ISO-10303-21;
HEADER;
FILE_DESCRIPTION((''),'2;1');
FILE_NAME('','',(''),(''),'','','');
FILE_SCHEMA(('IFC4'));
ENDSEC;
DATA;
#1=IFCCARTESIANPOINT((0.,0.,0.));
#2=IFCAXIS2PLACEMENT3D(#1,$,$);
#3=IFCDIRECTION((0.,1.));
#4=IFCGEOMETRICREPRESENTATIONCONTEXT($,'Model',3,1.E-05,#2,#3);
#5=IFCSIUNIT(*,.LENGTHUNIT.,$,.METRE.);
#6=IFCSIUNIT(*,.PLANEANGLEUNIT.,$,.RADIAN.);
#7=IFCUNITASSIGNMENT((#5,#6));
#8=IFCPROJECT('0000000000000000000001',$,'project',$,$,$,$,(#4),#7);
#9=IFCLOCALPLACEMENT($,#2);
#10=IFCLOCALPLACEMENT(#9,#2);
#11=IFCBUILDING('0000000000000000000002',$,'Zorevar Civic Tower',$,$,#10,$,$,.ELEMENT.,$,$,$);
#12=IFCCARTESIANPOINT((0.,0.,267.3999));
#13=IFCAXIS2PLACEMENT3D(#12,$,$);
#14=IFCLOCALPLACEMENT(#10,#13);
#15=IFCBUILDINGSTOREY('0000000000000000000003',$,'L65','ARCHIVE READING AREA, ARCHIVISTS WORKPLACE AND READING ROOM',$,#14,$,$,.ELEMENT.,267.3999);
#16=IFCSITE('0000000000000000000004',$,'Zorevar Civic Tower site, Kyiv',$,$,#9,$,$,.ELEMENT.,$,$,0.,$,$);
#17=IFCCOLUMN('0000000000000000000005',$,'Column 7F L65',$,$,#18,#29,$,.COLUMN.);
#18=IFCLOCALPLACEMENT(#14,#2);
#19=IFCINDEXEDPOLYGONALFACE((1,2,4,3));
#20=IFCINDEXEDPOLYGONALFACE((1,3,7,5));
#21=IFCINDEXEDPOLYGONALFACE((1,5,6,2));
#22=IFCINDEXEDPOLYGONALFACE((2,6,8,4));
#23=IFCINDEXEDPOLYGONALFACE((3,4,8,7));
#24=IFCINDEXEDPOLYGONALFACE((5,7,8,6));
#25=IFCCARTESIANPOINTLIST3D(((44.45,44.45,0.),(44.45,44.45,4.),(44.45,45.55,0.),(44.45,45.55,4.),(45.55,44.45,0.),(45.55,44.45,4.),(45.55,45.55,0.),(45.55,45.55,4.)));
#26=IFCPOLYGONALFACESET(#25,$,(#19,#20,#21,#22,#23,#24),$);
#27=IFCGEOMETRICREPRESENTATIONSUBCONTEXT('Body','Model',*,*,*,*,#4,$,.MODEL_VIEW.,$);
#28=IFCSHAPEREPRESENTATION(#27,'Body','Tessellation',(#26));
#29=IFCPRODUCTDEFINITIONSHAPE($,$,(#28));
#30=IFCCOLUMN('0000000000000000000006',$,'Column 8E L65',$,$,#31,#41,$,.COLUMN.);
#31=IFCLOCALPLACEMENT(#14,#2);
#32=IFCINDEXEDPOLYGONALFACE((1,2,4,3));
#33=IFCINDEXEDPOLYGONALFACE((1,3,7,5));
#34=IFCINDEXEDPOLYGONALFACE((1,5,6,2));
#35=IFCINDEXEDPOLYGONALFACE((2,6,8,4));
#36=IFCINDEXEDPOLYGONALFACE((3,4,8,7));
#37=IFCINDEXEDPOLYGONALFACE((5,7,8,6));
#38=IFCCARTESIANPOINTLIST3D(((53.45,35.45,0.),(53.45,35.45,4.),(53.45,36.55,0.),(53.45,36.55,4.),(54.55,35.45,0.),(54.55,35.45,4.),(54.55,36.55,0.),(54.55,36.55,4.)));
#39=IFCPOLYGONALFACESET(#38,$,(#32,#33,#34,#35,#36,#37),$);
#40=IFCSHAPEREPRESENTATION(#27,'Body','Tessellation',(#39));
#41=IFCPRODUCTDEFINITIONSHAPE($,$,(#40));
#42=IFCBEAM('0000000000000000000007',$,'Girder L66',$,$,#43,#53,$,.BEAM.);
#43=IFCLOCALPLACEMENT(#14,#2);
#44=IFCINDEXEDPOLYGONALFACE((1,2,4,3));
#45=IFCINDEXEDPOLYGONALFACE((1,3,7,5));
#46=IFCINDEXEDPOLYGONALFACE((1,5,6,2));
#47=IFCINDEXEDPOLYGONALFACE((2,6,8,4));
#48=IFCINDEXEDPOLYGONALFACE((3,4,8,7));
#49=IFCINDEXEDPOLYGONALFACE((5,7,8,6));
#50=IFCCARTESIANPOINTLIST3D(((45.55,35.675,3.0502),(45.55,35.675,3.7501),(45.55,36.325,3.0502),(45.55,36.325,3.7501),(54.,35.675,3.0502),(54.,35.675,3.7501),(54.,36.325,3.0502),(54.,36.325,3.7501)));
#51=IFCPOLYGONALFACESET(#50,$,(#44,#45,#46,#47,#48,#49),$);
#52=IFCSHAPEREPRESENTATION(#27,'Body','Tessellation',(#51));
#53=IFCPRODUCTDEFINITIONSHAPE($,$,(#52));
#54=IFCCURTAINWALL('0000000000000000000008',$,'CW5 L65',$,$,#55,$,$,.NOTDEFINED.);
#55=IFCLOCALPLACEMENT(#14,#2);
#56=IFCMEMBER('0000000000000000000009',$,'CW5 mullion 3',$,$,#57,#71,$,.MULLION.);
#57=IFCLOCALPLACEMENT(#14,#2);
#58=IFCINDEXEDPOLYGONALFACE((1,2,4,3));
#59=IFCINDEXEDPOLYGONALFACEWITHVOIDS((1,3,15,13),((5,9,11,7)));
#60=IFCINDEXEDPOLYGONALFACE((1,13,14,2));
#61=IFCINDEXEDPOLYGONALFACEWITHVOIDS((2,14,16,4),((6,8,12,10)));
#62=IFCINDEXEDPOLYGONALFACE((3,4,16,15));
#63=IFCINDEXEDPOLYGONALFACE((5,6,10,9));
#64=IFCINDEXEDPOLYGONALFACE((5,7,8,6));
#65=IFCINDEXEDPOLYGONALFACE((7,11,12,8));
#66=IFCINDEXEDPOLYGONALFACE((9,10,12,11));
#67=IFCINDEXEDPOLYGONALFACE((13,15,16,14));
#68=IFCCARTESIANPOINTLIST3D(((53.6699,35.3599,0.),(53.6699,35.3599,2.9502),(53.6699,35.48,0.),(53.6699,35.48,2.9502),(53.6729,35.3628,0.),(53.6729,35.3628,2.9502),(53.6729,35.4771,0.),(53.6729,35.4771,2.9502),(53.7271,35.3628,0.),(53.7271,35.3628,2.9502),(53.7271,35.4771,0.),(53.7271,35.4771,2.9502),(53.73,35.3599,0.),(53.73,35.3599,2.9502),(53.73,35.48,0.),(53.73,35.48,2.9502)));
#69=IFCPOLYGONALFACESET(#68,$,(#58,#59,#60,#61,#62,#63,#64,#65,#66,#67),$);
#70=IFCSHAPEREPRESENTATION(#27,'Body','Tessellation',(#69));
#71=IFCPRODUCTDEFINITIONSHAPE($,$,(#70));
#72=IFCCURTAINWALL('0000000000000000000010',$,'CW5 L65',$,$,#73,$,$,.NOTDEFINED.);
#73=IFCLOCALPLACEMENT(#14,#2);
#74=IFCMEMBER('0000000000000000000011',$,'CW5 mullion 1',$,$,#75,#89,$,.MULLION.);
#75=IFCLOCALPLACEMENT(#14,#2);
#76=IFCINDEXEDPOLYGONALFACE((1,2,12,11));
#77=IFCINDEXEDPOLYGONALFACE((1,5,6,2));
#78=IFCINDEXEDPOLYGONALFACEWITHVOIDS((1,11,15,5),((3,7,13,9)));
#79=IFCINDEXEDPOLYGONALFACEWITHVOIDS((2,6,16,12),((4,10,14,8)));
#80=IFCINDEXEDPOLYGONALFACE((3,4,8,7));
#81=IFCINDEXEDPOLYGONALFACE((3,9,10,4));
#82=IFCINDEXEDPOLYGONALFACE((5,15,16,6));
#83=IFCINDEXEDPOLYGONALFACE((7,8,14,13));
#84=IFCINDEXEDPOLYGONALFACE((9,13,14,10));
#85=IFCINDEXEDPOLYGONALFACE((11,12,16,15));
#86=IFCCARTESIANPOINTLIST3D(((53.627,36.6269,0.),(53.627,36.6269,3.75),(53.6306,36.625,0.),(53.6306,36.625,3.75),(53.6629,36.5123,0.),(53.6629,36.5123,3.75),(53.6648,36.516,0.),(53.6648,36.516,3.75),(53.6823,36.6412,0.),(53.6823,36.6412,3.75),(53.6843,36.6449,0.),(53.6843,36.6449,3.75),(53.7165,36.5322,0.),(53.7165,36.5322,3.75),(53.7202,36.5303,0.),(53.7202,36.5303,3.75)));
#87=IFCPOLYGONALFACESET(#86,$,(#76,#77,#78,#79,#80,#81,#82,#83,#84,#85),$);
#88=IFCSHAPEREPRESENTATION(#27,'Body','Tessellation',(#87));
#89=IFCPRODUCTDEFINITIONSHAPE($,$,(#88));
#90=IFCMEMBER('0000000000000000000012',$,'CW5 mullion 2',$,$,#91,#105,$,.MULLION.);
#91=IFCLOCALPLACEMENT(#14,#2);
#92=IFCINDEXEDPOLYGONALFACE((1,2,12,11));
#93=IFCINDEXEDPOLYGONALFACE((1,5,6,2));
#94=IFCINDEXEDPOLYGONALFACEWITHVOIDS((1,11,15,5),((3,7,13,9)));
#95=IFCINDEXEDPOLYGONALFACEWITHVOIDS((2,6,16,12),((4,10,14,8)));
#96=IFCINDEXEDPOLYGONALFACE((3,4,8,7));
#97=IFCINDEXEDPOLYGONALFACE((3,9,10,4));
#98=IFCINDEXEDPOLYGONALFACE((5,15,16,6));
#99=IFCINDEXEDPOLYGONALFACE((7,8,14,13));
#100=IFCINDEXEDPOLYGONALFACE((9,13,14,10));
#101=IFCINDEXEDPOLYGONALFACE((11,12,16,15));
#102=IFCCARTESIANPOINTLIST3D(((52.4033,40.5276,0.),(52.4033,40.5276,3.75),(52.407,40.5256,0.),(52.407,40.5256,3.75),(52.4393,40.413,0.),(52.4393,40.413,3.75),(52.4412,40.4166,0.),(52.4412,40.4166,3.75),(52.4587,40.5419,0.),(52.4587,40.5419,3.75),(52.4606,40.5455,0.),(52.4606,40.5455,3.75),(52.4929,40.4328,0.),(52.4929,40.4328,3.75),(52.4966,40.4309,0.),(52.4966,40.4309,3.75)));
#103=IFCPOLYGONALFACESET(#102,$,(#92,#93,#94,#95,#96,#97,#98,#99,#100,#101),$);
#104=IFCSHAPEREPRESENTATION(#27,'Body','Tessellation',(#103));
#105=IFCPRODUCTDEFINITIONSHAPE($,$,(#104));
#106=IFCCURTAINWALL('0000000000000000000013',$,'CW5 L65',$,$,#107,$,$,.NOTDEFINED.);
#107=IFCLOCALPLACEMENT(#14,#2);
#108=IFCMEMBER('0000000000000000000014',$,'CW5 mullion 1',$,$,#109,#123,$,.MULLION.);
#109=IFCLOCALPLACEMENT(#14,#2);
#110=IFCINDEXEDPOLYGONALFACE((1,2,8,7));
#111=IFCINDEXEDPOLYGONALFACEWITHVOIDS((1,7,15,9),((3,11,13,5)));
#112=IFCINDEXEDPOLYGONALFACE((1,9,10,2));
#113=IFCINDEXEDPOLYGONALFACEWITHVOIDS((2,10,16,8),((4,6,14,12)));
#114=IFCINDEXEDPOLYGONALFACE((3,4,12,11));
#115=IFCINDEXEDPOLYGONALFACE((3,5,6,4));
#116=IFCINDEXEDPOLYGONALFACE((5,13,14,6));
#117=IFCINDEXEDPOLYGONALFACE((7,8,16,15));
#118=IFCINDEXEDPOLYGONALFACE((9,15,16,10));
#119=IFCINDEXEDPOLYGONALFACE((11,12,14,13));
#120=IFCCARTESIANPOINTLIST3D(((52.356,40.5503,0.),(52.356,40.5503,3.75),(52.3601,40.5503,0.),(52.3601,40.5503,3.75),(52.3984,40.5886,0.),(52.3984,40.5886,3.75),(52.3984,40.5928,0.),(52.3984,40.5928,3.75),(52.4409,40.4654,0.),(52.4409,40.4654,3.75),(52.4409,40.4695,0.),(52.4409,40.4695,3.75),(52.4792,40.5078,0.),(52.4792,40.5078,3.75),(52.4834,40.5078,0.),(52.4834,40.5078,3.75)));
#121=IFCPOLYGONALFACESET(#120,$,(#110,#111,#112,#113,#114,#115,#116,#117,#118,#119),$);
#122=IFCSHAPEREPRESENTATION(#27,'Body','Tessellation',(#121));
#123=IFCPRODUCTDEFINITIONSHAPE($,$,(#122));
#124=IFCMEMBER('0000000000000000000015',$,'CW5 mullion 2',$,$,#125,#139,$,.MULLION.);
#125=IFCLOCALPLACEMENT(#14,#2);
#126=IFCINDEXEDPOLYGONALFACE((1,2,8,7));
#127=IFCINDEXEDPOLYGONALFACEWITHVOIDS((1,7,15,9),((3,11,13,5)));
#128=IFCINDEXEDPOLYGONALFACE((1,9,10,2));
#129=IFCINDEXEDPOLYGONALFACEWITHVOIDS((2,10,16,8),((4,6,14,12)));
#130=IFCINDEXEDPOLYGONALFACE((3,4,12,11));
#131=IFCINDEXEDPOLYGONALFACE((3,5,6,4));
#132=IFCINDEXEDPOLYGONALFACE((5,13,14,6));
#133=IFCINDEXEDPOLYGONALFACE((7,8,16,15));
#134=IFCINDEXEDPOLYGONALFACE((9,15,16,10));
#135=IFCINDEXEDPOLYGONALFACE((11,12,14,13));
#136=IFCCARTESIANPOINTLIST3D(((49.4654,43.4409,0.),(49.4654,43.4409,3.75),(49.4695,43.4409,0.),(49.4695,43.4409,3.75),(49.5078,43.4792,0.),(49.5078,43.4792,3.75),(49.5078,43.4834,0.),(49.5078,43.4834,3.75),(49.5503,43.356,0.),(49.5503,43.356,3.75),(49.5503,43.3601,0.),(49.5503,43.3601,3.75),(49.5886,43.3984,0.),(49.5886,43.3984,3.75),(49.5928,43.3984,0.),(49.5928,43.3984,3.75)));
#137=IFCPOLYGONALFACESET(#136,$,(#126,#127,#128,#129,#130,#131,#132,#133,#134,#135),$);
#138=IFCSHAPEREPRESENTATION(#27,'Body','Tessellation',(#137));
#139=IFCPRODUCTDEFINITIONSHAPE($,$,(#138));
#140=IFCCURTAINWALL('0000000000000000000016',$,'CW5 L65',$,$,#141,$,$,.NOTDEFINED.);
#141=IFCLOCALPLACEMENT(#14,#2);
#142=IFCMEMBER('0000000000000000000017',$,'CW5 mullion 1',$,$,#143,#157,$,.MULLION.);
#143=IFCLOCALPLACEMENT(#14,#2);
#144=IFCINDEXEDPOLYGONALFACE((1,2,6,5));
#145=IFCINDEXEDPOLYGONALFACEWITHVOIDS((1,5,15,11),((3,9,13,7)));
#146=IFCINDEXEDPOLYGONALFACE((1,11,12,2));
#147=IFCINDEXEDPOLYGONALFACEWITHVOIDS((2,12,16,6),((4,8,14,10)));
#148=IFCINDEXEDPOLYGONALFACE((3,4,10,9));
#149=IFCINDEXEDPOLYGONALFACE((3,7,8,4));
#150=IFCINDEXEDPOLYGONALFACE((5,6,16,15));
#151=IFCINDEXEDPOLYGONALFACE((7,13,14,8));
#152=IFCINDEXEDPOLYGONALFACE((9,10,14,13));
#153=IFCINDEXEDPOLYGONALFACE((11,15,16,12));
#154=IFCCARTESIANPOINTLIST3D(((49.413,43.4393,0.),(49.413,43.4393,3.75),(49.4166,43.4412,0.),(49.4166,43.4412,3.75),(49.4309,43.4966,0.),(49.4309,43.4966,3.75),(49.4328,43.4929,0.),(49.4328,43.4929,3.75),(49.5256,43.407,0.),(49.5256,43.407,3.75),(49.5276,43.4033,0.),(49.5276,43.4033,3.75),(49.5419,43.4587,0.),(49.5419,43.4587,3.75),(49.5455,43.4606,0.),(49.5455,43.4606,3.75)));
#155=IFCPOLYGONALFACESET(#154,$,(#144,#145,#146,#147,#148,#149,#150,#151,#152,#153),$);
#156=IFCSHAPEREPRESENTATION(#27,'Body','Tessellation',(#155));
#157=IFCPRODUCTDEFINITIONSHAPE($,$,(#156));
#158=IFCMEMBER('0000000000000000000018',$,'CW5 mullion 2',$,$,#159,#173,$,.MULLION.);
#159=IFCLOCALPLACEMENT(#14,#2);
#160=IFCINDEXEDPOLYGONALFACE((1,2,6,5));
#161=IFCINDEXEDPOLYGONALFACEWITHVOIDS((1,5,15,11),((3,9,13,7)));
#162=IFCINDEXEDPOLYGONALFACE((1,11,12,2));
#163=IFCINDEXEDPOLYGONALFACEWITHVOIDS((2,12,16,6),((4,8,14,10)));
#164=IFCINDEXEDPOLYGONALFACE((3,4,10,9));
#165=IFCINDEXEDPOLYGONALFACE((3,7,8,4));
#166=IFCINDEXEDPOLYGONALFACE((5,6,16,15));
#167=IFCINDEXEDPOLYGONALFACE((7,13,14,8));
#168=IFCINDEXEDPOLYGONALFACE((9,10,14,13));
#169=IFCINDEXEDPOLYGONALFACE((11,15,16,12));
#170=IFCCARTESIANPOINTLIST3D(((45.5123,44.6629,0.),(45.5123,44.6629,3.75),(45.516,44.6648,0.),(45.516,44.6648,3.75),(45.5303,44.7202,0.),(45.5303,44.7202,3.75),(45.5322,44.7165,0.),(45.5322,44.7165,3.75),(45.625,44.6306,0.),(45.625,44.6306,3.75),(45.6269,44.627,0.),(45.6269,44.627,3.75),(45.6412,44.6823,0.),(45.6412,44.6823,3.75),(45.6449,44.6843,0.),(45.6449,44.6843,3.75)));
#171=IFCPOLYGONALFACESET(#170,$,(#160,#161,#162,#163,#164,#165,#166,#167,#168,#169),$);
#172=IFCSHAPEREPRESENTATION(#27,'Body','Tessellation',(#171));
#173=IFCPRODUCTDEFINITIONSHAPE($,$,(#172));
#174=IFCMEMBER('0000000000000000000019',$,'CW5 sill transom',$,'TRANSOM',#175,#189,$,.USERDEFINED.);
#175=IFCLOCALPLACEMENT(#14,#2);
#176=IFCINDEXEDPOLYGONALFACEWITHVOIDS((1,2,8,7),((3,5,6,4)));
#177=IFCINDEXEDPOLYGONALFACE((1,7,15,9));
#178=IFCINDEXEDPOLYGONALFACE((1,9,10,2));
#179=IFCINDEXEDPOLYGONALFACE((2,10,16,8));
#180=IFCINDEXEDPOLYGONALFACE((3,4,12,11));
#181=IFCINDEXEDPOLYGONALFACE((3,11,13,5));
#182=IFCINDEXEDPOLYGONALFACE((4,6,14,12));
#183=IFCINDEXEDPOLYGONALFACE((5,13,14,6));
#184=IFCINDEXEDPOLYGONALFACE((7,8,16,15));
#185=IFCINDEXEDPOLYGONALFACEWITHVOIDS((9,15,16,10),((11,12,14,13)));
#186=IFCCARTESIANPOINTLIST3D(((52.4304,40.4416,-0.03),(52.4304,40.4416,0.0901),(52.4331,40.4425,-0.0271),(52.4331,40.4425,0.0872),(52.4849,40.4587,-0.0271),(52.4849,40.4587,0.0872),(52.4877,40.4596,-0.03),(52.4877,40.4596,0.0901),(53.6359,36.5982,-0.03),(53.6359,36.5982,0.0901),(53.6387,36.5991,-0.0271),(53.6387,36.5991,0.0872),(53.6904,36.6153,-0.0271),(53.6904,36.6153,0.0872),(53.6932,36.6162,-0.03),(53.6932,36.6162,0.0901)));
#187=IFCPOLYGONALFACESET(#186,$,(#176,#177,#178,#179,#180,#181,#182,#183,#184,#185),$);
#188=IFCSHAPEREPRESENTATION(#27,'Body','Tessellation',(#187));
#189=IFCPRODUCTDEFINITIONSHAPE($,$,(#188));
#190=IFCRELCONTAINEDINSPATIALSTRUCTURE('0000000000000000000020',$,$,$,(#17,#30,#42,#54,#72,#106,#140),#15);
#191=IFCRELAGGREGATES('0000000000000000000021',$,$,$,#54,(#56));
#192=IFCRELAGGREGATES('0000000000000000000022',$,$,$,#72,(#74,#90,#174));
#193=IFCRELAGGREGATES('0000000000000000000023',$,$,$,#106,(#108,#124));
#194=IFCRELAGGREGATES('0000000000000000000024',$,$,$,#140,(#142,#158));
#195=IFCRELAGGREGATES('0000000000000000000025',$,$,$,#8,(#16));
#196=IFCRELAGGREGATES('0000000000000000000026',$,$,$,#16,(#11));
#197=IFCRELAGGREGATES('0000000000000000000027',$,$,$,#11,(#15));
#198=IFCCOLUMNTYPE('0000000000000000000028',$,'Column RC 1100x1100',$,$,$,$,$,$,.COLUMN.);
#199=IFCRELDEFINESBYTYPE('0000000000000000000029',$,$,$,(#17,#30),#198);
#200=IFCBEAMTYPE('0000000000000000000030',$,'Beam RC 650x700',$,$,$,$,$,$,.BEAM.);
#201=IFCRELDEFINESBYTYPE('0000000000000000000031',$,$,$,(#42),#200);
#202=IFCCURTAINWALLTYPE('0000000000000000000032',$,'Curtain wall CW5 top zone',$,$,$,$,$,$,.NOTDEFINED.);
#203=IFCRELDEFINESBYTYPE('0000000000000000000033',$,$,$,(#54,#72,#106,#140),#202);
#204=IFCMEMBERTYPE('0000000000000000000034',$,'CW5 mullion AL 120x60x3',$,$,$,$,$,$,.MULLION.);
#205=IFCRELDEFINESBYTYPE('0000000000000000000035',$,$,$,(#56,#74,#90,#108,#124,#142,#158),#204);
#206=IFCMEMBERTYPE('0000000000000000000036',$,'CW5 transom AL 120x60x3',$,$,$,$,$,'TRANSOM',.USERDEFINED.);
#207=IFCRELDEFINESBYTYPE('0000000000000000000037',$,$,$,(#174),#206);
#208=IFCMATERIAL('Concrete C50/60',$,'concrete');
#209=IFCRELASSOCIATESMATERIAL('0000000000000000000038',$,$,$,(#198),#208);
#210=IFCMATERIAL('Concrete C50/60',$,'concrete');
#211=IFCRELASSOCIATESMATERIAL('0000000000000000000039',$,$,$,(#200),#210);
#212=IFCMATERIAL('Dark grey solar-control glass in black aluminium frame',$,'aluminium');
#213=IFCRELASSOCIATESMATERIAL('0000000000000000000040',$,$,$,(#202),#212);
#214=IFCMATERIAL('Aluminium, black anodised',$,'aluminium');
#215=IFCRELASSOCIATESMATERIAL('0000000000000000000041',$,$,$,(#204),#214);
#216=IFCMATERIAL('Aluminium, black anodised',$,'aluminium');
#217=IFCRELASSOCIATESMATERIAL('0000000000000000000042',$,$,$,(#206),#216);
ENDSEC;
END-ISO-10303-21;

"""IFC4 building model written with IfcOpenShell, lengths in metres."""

from ifc_helpers import new_model, si_unit, direction, frame, origin, origin_2d, place, context, subcontext, project, spatial, rectangle, hollow_rectangle, extrude, material, material_profile, profile_set, type_object, element, aggregate, save


model = new_model("IFC4")

# Units and contexts
model_context = context("Model", 3, precision=1e-05, world=origin(), true_north=direction((0.0, 1.0)))
body_context = subcontext(model_context, "Body", "Model", "MODEL_VIEW")
ifc_project = project(units=[si_unit("LENGTHUNIT", "METRE"), si_unit("PLANEANGLEUNIT", "RADIAN")], contexts=[model_context])

# Site, building, storey
site_placement = place(None, origin())
site = spatial("IfcSite", under=ifc_project, at=site_placement, Name="Zorevar Civic Tower site, Kyiv", CompositionType="ELEMENT", RefElevation=0.0)
building_placement = place(site_placement, origin())
building = spatial("IfcBuilding", under=site, at=building_placement, Name="Zorevar Civic Tower", CompositionType="ELEMENT")
storey_placement = place(building_placement, frame((0.0, 0.0, 267.3999)))
storey = spatial("IfcBuildingStorey", under=building, at=storey_placement, Name="L65", Description="ARCHIVE READING AREA, ARCHIVISTS WORKPLACE AND READING ROOM", CompositionType="ELEMENT", Elevation=267.3999)

# Columns
ifc_material_1 = material(Name="Concrete C50/60", Category="concrete")
ifc_material_profile_1 = material_profile(ifc_material_1, rectangle(XDim=1.1001, YDim=1.1001, at=origin_2d()), Name="RC 1100x1100")
ifc_profile_set_1 = profile_set([ifc_material_profile_1], Name="Concrete C50/60")
column_type = type_object("IfcColumnType", Name="Column RC 1100x1100", PredefinedType="COLUMN", material=ifc_profile_set_1)
for number, where, z_axis, x_axis, name in (
    (1, (45.0, 45.0, 0.0), (0.0, 0.0, 1.0), (1.0, 0.0, 0.0), "Column 7F L65"),
    (2, (54.0, 36.0, 0.0), (0.0, 0.0, 1.0), (1.0, 0.0, 0.0), "Column 8E L65"),
):
    element("IfcColumn", number, at=place(storey_placement, frame(where, z_axis=z_axis, x_axis=x_axis)), inside=storey, type_object=column_type, Name=name, PredefinedType="COLUMN", context=body_context, shape_type="SweptSolid", body=[
        extrude(rectangle(XDim=1.1001, YDim=1.1001, at=origin_2d()), origin(), (0.0, 0.0, 1.0), 4.0),
    ])

# Beam
ifc_material_2 = material(Name="Concrete C50/60", Category="concrete")
ifc_material_profile_2 = material_profile(ifc_material_2, rectangle(XDim=0.6499, YDim=0.7, at=origin_2d()), Name="RC 650x700")
ifc_profile_set_2 = profile_set([ifc_material_profile_2], Name="Concrete C50/60")
beam_type_1 = type_object("IfcBeamType", Name="Beam RC 650x700", PredefinedType="BEAM", material=ifc_profile_set_2)
beam_1_placement = place(storey_placement, frame((45.55, 36.0, 3.4001), z_axis=(1.0, 0.0, 0.0), x_axis=(0.0, 1.0, 0.0)))
element("IfcBeam", 3, at=beam_1_placement, inside=storey, type_object=beam_type_1, Name="Girder L66", PredefinedType="BEAM", context=body_context, shape_type="SweptSolid", body=[
    extrude(rectangle(XDim=0.6499, YDim=0.7, at=origin_2d()), origin(), (0.0, 0.0, 1.0), 8.45),
])

# Curtain wall, member
ifc_material_3 = material(Name="Dark grey solar-control glass in black aluminium frame", Category="aluminium")
curtain_wall_type = type_object("IfcCurtainWallType", Name="Curtain wall CW5 top zone", PredefinedType="NOTDEFINED", material=ifc_material_3)
curtain_wall_1_placement = place(storey_placement, origin())
curtain_wall_1 = element("IfcCurtainWall", 4, at=curtain_wall_1_placement, inside=storey, type_object=curtain_wall_type, Name="CW5 L65", PredefinedType="NOTDEFINED")
ifc_material_4 = material(Name="Aluminium, black anodised", Category="aluminium")
ifc_material_profile_3 = material_profile(ifc_material_4, hollow_rectangle(XDim=0.0601, YDim=0.1201, WallThickness=0.0029, at=origin_2d()), Name="AL 120x60x3")
ifc_profile_set_3 = profile_set([ifc_material_profile_3], Name="Aluminium, black anodised")
member_type_1 = type_object("IfcMemberType", Name="CW5 mullion AL 120x60x3", PredefinedType="MULLION", material=ifc_profile_set_3)
member_1_placement = place(storey_placement, frame((53.7, 35.4199, 0.0), z_axis=(0.0, 0.0, 1.0), x_axis=(-1.0, 0.0, 0.0)))
member_1 = element("IfcMember", 5, at=member_1_placement, type_object=member_type_1, Name="CW5 mullion 3", PredefinedType="MULLION", context=body_context, shape_type="SweptSolid", body=[
    extrude(hollow_rectangle(XDim=0.0601, YDim=0.1201, WallThickness=0.0029, at=origin_2d()), origin(), (0.0, 0.0, 1.0), 2.9502),
])

# Curtain walls, members
curtain_wall_2_placement = place(storey_placement, origin())
curtain_wall_2 = element("IfcCurtainWall", 6, at=curtain_wall_2_placement, inside=storey, type_object=curtain_wall_type, Name="CW5 L65", PredefinedType="NOTDEFINED")
member_2_placement = place(storey_placement, frame((53.6736, 36.5786, 0.0), z_axis=(0.0, 0.0, 1.0), x_axis=(-0.954153, -0.299318, 0.0)))
member_2 = element("IfcMember", 7, at=member_2_placement, type_object=member_type_1, Name="CW5 mullion 1", PredefinedType="MULLION", context=body_context, shape_type="SweptSolid", body=[
    extrude(hollow_rectangle(XDim=0.0601, YDim=0.1201, WallThickness=0.0029, at=origin_2d()), origin(), (0.0, 0.0, 1.0), 3.75),
])
member_3_placement = place(storey_placement, frame((52.45, 40.4792, 0.0), z_axis=(0.0, 0.0, 1.0), x_axis=(-0.954153, -0.299318, 0.0)))
member_3 = element("IfcMember", 8, at=member_3_placement, type_object=member_type_1, Name="CW5 mullion 2", PredefinedType="MULLION", context=body_context, shape_type="SweptSolid", body=[
    extrude(hollow_rectangle(XDim=0.0601, YDim=0.1201, WallThickness=0.0029, at=origin_2d()), origin(), (0.0, 0.0, 1.0), 3.75),
])
curtain_wall_3_placement = place(storey_placement, origin())
curtain_wall_3 = element("IfcCurtainWall", 9, at=curtain_wall_3_placement, inside=storey, type_object=curtain_wall_type, Name="CW5 L65", PredefinedType="NOTDEFINED")
member_4_placement = place(storey_placement, frame((52.4197, 40.5291, 0.0), z_axis=(0.0, 0.0, 1.0), x_axis=(-0.707107, -0.707107, 0.0)))
member_4 = element("IfcMember", 10, at=member_4_placement, type_object=member_type_1, Name="CW5 mullion 1", PredefinedType="MULLION", context=body_context, shape_type="SweptSolid", body=[
    extrude(hollow_rectangle(XDim=0.0601, YDim=0.1201, WallThickness=0.0029, at=origin_2d()), origin(), (0.0, 0.0, 1.0), 3.75),
])
member_5_placement = place(storey_placement, frame((49.5291, 43.4197, 0.0), z_axis=(0.0, 0.0, 1.0), x_axis=(-0.707107, -0.707107, 0.0)))
member_5 = element("IfcMember", 11, at=member_5_placement, type_object=member_type_1, Name="CW5 mullion 2", PredefinedType="MULLION", context=body_context, shape_type="SweptSolid", body=[
    extrude(hollow_rectangle(XDim=0.0601, YDim=0.1201, WallThickness=0.0029, at=origin_2d()), origin(), (0.0, 0.0, 1.0), 3.75),
])
curtain_wall_4_placement = place(storey_placement, origin())
curtain_wall_4 = element("IfcCurtainWall", 12, at=curtain_wall_4_placement, inside=storey, type_object=curtain_wall_type, Name="CW5 L65", PredefinedType="NOTDEFINED")
member_6_placement = place(storey_placement, frame((49.4792, 43.45, 0.0), z_axis=(0.0, 0.0, 1.0), x_axis=(-0.299318, -0.954153, 0.0)))
member_6 = element("IfcMember", 13, at=member_6_placement, type_object=member_type_1, Name="CW5 mullion 1", PredefinedType="MULLION", context=body_context, shape_type="SweptSolid", body=[
    extrude(hollow_rectangle(XDim=0.0601, YDim=0.1201, WallThickness=0.0029, at=origin_2d()), origin(), (0.0, 0.0, 1.0), 3.75),
])
member_7_placement = place(storey_placement, frame((45.5786, 44.6736, 0.0), z_axis=(0.0, 0.0, 1.0), x_axis=(-0.299318, -0.954153, 0.0)))
member_7 = element("IfcMember", 14, at=member_7_placement, type_object=member_type_1, Name="CW5 mullion 2", PredefinedType="MULLION", context=body_context, shape_type="SweptSolid", body=[
    extrude(hollow_rectangle(XDim=0.0601, YDim=0.1201, WallThickness=0.0029, at=origin_2d()), origin(), (0.0, 0.0, 1.0), 3.75),
])

# Member
ifc_material_5 = material(Name="Aluminium, black anodised", Category="aluminium")
ifc_material_profile_4 = material_profile(ifc_material_5, hollow_rectangle(XDim=0.0601, YDim=0.1201, WallThickness=0.0029, at=origin_2d()), Name="AL 120x60x3")
ifc_profile_set_4 = profile_set([ifc_material_profile_4], Name="Aluminium, black anodised")
member_type_2 = type_object("IfcMemberType", Name="CW5 transom AL 120x60x3", ElementType="TRANSOM", PredefinedType="USERDEFINED", material=ifc_profile_set_4)
member_8_placement = place(storey_placement, frame((53.6646, 36.6072, 0.03), z_axis=(-0.299286, 0.954163, 0.0), x_axis=(-0.954163, -0.299286, 0.0)))
member_8 = element("IfcMember", 15, at=member_8_placement, type_object=member_type_2, Name="CW5 sill transom", ObjectType="TRANSOM", PredefinedType="USERDEFINED", context=body_context, shape_type="SweptSolid", body=[
    extrude(hollow_rectangle(XDim=0.0601, YDim=0.1201, WallThickness=0.0029, at=origin_2d()), origin(), (0.0, 0.0, 1.0), 4.0281),
])

aggregate(curtain_wall_1, [member_1])
aggregate(curtain_wall_2, [member_2, member_3, member_8])
aggregate(curtain_wall_3, [member_4, member_5])
aggregate(curtain_wall_4, [member_6, member_7])

save(model, "model.ifc")
